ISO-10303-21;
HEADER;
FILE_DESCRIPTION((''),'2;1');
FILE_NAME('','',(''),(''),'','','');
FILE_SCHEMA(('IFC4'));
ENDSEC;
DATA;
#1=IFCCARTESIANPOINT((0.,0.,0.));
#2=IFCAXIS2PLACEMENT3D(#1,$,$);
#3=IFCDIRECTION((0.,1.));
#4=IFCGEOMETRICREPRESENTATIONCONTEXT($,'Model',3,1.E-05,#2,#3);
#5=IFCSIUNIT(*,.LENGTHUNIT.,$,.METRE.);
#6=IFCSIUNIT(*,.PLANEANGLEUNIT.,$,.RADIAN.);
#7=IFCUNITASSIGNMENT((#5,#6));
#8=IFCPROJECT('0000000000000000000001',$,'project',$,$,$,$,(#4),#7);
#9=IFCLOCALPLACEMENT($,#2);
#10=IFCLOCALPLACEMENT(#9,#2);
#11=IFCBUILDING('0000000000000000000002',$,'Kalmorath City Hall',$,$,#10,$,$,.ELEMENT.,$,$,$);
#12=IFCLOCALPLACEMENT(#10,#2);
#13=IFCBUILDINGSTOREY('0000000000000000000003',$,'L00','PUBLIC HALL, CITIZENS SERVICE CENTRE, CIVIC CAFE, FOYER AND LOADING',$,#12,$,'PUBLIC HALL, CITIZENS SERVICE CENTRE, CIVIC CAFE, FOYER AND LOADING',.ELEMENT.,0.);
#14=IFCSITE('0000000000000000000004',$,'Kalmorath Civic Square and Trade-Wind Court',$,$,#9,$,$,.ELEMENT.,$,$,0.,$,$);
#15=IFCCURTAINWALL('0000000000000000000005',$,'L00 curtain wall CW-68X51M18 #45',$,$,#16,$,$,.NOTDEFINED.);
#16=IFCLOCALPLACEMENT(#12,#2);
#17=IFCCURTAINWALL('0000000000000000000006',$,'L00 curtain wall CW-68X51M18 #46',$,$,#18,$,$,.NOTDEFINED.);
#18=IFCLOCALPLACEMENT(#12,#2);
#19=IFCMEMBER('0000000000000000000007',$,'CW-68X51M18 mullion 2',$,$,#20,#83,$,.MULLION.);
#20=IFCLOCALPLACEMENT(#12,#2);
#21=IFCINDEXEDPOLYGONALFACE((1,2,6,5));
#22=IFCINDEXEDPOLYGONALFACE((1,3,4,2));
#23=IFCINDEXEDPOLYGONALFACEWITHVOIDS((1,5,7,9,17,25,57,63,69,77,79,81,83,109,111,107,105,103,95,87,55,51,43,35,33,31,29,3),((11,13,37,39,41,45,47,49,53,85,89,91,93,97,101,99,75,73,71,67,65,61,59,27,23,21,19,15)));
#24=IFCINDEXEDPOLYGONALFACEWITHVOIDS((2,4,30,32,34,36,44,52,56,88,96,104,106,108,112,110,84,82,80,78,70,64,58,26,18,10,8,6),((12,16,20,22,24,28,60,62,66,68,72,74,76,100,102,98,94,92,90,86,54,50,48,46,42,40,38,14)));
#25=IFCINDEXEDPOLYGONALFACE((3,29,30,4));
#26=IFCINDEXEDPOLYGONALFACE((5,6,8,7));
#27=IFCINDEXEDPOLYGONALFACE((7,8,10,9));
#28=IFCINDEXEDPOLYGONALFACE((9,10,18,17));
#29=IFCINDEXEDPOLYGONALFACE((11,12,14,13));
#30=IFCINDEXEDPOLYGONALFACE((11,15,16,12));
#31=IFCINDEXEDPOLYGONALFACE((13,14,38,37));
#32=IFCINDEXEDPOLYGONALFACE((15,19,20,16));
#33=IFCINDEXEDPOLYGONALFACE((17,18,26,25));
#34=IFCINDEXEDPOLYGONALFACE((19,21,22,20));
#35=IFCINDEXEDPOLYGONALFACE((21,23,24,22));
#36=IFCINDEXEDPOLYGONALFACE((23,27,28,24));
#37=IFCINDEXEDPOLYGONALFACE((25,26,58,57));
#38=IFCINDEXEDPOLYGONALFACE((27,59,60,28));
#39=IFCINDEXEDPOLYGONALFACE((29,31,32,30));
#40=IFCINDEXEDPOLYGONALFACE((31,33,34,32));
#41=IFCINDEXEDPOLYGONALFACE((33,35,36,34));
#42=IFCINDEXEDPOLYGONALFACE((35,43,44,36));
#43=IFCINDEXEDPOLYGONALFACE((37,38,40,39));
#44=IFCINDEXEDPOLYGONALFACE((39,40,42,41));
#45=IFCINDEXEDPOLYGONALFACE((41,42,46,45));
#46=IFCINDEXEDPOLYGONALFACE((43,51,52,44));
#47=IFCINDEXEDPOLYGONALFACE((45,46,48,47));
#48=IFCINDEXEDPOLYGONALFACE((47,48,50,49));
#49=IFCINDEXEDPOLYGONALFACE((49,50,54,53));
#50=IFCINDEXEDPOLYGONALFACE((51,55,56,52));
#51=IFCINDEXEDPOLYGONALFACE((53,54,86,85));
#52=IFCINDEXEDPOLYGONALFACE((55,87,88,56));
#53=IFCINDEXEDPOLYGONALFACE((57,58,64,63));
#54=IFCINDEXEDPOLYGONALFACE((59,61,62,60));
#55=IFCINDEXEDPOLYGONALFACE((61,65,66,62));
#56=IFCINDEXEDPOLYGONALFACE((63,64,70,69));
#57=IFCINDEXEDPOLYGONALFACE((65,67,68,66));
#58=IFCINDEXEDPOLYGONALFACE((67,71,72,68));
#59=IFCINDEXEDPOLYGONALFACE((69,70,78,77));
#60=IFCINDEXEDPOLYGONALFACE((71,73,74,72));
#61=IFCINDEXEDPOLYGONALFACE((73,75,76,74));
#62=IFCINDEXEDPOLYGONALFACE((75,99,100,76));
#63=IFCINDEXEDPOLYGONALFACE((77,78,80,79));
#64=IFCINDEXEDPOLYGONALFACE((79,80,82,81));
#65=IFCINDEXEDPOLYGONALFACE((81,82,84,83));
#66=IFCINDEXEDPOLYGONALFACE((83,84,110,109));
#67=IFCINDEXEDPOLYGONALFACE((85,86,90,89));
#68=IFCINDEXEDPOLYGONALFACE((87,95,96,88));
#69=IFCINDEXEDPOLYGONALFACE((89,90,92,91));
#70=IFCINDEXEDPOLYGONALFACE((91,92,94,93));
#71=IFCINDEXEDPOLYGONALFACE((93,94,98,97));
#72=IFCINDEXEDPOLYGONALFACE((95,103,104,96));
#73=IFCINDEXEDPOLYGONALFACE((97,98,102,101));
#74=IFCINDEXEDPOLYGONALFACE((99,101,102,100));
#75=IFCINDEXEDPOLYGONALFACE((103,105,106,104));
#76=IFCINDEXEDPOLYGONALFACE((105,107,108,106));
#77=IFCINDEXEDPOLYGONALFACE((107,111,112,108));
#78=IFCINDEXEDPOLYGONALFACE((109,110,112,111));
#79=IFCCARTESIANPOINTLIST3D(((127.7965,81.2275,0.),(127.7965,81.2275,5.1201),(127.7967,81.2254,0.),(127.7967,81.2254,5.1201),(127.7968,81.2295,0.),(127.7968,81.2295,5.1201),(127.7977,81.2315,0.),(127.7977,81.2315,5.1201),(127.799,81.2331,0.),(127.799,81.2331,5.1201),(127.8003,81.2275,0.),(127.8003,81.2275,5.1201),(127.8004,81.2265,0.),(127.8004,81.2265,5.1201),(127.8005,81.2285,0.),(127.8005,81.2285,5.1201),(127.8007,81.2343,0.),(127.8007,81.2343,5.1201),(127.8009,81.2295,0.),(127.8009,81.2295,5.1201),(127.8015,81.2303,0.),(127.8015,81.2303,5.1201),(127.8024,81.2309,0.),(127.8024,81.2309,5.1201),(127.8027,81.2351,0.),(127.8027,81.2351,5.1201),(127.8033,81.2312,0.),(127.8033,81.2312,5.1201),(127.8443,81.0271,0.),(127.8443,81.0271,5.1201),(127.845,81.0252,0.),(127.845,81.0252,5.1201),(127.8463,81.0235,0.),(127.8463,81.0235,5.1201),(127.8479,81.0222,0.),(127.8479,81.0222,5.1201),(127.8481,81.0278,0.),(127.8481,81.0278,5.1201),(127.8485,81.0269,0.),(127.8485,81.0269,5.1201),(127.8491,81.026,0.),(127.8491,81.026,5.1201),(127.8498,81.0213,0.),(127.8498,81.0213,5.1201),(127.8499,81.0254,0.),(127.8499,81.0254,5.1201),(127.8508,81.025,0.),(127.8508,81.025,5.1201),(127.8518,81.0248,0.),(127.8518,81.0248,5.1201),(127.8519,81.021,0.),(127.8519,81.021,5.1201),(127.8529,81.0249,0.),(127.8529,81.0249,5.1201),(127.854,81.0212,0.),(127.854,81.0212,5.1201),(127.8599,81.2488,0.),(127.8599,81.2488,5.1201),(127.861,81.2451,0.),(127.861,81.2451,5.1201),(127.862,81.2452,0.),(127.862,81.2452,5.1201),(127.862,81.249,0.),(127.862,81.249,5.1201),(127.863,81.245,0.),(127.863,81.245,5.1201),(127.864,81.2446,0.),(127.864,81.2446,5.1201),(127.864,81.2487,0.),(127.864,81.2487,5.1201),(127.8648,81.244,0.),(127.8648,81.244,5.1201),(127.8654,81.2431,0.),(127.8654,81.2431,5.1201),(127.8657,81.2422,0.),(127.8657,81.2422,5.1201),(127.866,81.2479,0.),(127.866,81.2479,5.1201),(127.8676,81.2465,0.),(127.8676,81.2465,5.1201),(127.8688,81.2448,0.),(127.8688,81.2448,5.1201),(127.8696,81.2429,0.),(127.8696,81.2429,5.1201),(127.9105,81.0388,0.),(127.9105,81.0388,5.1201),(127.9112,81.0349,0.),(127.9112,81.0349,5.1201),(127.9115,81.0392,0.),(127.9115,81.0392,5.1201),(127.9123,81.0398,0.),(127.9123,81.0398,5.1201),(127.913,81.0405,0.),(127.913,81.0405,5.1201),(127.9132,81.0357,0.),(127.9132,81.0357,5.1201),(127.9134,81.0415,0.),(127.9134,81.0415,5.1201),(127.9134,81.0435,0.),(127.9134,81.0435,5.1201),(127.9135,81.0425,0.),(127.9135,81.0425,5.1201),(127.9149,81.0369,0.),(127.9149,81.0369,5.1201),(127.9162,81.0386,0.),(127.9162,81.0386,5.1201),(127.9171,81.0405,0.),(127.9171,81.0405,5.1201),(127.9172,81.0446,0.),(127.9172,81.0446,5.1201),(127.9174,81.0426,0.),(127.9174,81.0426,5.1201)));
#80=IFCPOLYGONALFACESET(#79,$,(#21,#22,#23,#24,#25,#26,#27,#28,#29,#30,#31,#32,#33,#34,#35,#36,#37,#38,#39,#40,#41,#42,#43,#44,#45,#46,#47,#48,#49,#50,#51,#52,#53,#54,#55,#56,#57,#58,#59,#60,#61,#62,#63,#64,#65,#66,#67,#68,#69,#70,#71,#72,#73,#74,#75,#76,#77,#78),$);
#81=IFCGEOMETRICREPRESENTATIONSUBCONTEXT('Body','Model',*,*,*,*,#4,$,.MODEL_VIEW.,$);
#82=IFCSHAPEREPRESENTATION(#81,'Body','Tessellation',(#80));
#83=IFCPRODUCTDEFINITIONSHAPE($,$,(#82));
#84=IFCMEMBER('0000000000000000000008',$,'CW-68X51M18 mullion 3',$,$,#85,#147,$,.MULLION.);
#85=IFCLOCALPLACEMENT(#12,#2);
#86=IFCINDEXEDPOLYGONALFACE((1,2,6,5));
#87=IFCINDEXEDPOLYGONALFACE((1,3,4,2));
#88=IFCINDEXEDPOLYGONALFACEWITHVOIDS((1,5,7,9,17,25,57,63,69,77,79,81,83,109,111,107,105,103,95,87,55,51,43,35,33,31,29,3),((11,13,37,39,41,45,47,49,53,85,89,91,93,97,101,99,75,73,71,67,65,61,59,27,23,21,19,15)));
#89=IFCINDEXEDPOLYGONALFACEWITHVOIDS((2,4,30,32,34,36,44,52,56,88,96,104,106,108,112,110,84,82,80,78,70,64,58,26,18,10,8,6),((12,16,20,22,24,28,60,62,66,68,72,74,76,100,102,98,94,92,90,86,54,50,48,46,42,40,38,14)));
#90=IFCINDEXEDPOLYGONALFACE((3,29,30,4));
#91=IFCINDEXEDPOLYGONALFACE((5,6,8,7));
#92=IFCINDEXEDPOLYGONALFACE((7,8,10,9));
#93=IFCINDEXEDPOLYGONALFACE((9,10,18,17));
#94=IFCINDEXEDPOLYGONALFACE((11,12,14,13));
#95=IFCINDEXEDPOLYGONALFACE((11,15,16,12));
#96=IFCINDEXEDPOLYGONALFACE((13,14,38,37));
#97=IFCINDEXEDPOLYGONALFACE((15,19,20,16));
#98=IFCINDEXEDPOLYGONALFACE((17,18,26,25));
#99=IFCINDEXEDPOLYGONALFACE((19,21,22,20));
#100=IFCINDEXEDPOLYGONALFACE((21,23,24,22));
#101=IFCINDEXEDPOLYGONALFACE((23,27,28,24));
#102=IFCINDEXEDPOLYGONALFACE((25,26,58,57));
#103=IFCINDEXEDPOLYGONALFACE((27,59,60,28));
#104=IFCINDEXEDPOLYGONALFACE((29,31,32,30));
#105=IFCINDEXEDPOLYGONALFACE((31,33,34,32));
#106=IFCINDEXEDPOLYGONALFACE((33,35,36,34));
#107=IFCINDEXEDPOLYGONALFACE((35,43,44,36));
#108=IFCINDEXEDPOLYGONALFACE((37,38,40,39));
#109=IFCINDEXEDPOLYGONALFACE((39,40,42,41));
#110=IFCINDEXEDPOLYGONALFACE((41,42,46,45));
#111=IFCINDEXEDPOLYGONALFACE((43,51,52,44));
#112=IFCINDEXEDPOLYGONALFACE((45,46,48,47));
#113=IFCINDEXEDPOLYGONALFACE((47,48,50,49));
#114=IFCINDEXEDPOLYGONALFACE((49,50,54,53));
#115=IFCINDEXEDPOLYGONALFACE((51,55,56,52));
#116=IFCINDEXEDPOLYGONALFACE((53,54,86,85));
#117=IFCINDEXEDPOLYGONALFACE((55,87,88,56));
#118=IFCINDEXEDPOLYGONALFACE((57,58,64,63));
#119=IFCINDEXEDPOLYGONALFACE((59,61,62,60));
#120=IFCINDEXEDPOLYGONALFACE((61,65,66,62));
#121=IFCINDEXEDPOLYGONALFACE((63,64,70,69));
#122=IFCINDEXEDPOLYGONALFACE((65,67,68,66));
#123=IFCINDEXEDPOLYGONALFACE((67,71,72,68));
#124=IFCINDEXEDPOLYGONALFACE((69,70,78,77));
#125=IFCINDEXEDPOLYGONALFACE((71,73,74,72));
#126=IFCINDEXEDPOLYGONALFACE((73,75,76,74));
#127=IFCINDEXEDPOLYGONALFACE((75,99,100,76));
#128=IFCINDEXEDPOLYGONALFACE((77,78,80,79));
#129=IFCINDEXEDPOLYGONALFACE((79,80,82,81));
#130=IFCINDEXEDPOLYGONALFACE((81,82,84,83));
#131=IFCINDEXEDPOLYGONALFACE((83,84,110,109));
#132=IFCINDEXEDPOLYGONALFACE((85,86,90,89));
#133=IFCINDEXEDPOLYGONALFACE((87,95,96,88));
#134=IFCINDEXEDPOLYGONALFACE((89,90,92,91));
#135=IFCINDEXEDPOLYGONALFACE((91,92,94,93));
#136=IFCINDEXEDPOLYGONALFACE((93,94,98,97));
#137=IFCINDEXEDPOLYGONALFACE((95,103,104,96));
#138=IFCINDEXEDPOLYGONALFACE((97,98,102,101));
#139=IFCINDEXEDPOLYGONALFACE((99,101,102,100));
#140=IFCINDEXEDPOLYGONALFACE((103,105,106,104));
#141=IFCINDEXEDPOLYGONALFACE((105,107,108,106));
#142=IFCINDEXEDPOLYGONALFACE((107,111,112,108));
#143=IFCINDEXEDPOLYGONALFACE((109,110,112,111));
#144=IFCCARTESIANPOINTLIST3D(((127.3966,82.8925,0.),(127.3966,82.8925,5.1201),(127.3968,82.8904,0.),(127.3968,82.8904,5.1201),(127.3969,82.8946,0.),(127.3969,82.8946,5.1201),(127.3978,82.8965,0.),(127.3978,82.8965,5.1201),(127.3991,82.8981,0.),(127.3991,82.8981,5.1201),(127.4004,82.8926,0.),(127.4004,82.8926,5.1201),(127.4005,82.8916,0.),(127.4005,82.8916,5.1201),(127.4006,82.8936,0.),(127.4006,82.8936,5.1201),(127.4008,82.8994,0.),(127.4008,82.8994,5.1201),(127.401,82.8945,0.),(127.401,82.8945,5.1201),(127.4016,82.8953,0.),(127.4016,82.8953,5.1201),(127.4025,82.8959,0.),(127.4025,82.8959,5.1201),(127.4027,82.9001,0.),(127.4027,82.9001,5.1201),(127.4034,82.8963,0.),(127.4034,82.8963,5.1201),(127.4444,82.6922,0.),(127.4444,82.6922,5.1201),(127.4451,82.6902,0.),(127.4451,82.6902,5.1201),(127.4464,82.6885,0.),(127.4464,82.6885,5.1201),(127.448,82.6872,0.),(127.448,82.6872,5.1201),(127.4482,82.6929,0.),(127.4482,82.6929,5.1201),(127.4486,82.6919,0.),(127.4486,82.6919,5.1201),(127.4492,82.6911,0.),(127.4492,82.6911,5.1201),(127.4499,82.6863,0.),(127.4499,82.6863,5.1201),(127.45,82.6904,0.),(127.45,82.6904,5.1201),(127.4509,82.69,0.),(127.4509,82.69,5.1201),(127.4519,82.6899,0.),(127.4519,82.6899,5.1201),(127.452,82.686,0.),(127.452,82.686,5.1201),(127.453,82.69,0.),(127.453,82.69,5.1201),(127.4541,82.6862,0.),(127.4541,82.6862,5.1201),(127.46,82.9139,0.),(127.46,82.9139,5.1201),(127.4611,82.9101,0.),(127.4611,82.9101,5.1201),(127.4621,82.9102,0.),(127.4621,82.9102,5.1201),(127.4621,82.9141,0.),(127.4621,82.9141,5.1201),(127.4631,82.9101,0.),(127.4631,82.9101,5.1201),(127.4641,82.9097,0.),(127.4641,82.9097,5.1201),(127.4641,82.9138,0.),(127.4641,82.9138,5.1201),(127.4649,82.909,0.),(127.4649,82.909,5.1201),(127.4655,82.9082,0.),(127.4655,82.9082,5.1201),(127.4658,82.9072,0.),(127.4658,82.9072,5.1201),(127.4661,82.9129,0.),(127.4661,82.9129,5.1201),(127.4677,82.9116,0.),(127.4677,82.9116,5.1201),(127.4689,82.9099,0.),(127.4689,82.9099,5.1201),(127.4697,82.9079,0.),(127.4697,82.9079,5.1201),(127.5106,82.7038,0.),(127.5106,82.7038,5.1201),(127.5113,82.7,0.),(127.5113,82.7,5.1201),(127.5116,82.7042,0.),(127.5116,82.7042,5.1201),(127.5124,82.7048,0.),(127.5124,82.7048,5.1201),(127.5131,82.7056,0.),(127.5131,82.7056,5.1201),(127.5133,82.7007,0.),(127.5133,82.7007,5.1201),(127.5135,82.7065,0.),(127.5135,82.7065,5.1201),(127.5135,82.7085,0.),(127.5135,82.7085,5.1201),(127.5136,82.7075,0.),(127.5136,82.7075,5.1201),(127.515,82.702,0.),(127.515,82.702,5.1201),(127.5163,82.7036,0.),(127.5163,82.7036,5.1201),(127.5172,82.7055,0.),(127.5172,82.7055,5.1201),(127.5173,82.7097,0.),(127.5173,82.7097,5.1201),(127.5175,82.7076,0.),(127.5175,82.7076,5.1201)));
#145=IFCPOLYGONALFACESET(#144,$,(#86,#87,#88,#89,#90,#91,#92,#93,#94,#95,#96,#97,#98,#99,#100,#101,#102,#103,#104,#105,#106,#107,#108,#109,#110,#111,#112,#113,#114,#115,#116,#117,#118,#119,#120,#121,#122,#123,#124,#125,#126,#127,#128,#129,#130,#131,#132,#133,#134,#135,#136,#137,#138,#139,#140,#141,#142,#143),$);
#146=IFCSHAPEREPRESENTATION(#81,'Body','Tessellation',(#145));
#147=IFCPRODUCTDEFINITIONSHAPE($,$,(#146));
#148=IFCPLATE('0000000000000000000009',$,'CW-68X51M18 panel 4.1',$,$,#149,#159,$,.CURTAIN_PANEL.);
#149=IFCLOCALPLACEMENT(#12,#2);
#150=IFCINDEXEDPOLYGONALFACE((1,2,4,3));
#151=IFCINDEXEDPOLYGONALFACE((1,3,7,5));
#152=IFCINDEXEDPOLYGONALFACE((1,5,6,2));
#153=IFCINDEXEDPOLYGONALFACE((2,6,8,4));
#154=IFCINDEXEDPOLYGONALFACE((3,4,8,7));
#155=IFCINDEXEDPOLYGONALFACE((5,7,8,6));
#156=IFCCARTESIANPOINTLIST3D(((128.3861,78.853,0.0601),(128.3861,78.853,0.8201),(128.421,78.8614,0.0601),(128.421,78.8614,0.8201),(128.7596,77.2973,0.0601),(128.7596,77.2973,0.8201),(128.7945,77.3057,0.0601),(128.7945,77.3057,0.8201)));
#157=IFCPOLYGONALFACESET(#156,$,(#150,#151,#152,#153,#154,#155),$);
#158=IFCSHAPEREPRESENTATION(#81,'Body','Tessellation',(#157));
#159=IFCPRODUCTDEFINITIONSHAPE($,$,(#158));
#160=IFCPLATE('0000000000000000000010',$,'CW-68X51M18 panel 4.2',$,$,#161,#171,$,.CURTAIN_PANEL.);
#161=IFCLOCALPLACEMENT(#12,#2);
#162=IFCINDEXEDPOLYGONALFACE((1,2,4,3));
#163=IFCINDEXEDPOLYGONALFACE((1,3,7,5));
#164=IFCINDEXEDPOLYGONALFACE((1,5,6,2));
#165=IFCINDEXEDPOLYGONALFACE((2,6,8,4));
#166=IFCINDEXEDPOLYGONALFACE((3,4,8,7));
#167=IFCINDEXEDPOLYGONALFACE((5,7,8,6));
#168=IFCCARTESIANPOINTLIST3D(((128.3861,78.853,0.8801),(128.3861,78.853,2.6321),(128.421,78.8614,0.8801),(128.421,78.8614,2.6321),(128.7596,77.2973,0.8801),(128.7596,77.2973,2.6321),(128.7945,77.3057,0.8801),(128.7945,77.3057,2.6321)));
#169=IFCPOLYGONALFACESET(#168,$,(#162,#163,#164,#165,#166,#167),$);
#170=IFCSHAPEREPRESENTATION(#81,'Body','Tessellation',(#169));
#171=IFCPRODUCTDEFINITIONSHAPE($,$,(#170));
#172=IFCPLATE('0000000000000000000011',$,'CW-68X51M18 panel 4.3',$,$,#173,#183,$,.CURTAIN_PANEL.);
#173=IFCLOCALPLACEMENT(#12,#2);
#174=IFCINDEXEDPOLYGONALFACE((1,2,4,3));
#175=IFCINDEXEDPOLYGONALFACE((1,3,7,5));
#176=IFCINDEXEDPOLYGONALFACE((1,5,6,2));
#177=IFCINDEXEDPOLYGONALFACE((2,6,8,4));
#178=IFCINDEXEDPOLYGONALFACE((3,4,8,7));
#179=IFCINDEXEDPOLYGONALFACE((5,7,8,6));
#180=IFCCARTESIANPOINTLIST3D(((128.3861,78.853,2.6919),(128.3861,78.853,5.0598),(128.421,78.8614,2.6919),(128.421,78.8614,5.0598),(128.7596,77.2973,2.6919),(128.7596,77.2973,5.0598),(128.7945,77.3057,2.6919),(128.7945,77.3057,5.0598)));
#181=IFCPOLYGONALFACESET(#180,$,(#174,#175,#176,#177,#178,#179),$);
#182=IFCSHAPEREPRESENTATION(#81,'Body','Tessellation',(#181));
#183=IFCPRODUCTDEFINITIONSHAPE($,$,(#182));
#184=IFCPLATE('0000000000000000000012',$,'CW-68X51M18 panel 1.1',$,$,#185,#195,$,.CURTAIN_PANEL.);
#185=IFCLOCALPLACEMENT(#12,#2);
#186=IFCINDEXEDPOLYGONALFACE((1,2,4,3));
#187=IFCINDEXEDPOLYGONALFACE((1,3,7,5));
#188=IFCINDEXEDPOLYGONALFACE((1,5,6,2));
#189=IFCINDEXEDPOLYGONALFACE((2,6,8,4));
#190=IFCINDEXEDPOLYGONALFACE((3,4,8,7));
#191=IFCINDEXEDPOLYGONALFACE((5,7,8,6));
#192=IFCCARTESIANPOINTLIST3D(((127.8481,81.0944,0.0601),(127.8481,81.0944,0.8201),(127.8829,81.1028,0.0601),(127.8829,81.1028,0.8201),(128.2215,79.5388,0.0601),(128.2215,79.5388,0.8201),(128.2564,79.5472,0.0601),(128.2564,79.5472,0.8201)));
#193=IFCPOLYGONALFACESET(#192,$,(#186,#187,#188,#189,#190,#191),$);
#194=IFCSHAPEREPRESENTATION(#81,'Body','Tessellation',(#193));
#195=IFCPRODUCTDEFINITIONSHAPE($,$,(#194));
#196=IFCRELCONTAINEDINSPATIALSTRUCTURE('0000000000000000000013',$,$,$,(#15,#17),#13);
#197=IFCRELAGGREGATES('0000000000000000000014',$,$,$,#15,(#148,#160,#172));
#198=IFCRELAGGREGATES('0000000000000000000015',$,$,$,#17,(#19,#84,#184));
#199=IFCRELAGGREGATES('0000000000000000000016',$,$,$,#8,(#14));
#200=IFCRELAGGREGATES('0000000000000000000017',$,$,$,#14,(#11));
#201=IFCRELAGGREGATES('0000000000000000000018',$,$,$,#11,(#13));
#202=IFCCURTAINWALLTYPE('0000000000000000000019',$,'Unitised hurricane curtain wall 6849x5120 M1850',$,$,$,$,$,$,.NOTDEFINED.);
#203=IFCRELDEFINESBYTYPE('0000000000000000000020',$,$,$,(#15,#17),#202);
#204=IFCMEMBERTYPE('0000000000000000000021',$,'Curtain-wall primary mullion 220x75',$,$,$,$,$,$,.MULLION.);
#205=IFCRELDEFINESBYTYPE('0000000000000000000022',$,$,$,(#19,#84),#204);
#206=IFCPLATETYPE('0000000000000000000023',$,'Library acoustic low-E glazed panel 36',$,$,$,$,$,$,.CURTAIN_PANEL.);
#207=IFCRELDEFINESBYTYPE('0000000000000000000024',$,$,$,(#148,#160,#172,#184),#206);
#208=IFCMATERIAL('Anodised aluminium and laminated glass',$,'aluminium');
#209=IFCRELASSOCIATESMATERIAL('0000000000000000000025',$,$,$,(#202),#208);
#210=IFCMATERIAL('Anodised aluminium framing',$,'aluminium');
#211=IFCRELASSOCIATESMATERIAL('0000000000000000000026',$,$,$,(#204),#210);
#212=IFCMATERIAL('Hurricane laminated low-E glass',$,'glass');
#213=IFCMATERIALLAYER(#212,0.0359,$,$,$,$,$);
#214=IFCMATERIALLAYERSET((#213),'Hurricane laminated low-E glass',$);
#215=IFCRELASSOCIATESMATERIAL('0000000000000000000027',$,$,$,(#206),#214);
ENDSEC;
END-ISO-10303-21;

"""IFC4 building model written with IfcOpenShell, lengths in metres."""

from ifc_helpers import new_model, si_unit, direction, frame, origin, origin_2d, place, context, subcontext, project, spatial, rectangle, hollow_rectangle, extrude, material, layer, layer_set, material_profile, profile_set, type_object, element, aggregate, save


model = new_model("IFC4")

# Units and contexts
model_context = context("Model", 3, precision=1e-05, world=origin(), true_north=direction((0.0, 1.0)))
body_context = subcontext(model_context, "Body", "Model", "MODEL_VIEW")
ifc_project = project(units=[si_unit("LENGTHUNIT", "METRE"), si_unit("PLANEANGLEUNIT", "RADIAN")], contexts=[model_context])

# Site, building, storey
site_placement = place(None, origin())
site = spatial("IfcSite", under=ifc_project, at=site_placement, Name="Kalmorath Civic Square and Trade-Wind Court", CompositionType="ELEMENT", RefElevation=0.0)
building_placement = place(site_placement, origin())
building = spatial("IfcBuilding", under=site, at=building_placement, Name="Kalmorath City Hall", CompositionType="ELEMENT")
storey_placement = place(building_placement, origin())
storey = spatial("IfcBuildingStorey", under=building, at=storey_placement, Name="L00", Description="PUBLIC HALL, CITIZENS SERVICE CENTRE, CIVIC CAFE, FOYER AND LOADING", LongName="PUBLIC HALL, CITIZENS SERVICE CENTRE, CIVIC CAFE, FOYER AND LOADING", CompositionType="ELEMENT", Elevation=0.0)

# Curtain walls
ifc_material_1 = material(Name="Anodised aluminium and laminated glass", Category="aluminium")
curtain_wall_type = type_object("IfcCurtainWallType", Name="Unitised hurricane curtain wall 6849x5120 M1850", PredefinedType="NOTDEFINED", material=ifc_material_1)
curtain_wall_1_placement = place(storey_placement, origin())
curtain_wall_1 = element("IfcCurtainWall", 1, at=curtain_wall_1_placement, inside=storey, type_object=curtain_wall_type, Name="L00 curtain wall CW-68X51M18 #45", PredefinedType="NOTDEFINED")
curtain_wall_2_placement = place(storey_placement, origin())
curtain_wall_2 = element("IfcCurtainWall", 2, at=curtain_wall_2_placement, inside=storey, type_object=curtain_wall_type, Name="L00 curtain wall CW-68X51M18 #46", PredefinedType="NOTDEFINED")

# Members
ifc_material_2 = material(Name="Anodised aluminium framing", Category="aluminium")
ifc_material_profile_1 = material_profile(ifc_material_2, hollow_rectangle(XDim=0.075, YDim=0.22, WallThickness=0.0039, InnerFilletRadius=0.0039, OuterFilletRadius=0.0081, at=origin_2d()), Name="ALU-MUL-220X75X4")
ifc_profile_set_1 = profile_set([ifc_material_profile_1], Name="Anodised aluminium framing")
member_type_1 = type_object("IfcMemberType", Name="Curtain-wall primary mullion 220x75", PredefinedType="MULLION", material=ifc_profile_set_1)
member_1_placement = place(storey_placement, frame((127.8569, 81.135, 0.0), z_axis=(0.0, 0.0, 1.0), x_axis=(-0.972367, -0.233456, 0.0)))
member_1 = element("IfcMember", 3, at=member_1_placement, type_object=member_type_1, Name="CW-68X51M18 mullion 2", PredefinedType="MULLION", context=body_context, shape_type="SweptSolid", body=[
    extrude(hollow_rectangle(XDim=0.075, YDim=0.22, WallThickness=0.0039, InnerFilletRadius=0.0039, OuterFilletRadius=0.0081, at=origin_2d()), origin(), (0.0, 0.0, 1.0), 5.1201),
])
member_2_placement = place(storey_placement, frame((127.457, 82.8, 0.0), z_axis=(0.0, 0.0, 1.0), x_axis=(-0.972367, -0.233456, 0.0)))
member_2 = element("IfcMember", 4, at=member_2_placement, type_object=member_type_1, Name="CW-68X51M18 mullion 3", PredefinedType="MULLION", context=body_context, shape_type="SweptSolid", body=[
    extrude(hollow_rectangle(XDim=0.075, YDim=0.22, WallThickness=0.0039, InnerFilletRadius=0.0039, OuterFilletRadius=0.0081, at=origin_2d()), origin(), (0.0, 0.0, 1.0), 5.1201),
])

# Plates
ifc_material_3 = material(Name="Hurricane laminated low-E glass", Category="glass")
ifc_layer = layer(ifc_material_3, 0.0359)
ifc_layer_set = layer_set([ifc_layer], Name="Hurricane laminated low-E glass")
plate_type = type_object("IfcPlateType", Name="Library acoustic low-E glazed panel 36", PredefinedType="CURTAIN_PANEL", material=ifc_layer_set)
plate_1_placement = place(storey_placement, frame((128.5903, 78.0793, 0.0601), z_axis=(0.0, 0.0, 1.0), x_axis=(-0.233456, 0.972367, 0.0)))
plate_1 = element("IfcPlate", 5, at=plate_1_placement, type_object=plate_type, Name="CW-68X51M18 panel 4.1", PredefinedType="CURTAIN_PANEL", context=body_context, shape_type="SweptSolid", body=[
    extrude(rectangle(XDim=1.5999, YDim=0.0359, at=origin_2d()), origin(), (0.0, 0.0, 1.0), 0.76),
])
plate_2_placement = place(storey_placement, frame((128.5903, 78.0793, 0.8801), z_axis=(0.0, 0.0, 1.0), x_axis=(-0.233456, 0.972367, 0.0)))
plate_2 = element("IfcPlate", 6, at=plate_2_placement, type_object=plate_type, Name="CW-68X51M18 panel 4.2", PredefinedType="CURTAIN_PANEL", context=body_context, shape_type="SweptSolid", body=[
    extrude(rectangle(XDim=1.5999, YDim=0.0359, at=origin_2d()), origin(), (0.0, 0.0, 1.0), 1.752),
])
plate_3_placement = place(storey_placement, frame((128.5903, 78.0793, 2.6919), z_axis=(0.0, 0.0, 1.0), x_axis=(-0.233456, 0.972367, 0.0)))
plate_3 = element("IfcPlate", 7, at=plate_3_placement, type_object=plate_type, Name="CW-68X51M18 panel 4.3", PredefinedType="CURTAIN_PANEL", context=body_context, shape_type="SweptSolid", body=[
    extrude(rectangle(XDim=1.5999, YDim=0.0359, at=origin_2d()), origin(), (0.0, 0.0, 1.0), 2.3679),
])
aggregate(curtain_wall_1, [plate_1, plate_2, plate_3])
plate_4_placement = place(storey_placement, frame((128.0522, 80.3208, 0.0601), z_axis=(0.0, 0.0, 1.0), x_axis=(-0.233456, 0.972367, 0.0)))
plate_4 = element("IfcPlate", 8, at=plate_4_placement, type_object=plate_type, Name="CW-68X51M18 panel 1.1", PredefinedType="CURTAIN_PANEL", context=body_context, shape_type="SweptSolid", body=[
    extrude(rectangle(XDim=1.5999, YDim=0.0359, at=origin_2d()), origin(), (0.0, 0.0, 1.0), 0.76),
])
aggregate(curtain_wall_2, [member_1, member_2, plate_4])

save(model, "model.ifc")
